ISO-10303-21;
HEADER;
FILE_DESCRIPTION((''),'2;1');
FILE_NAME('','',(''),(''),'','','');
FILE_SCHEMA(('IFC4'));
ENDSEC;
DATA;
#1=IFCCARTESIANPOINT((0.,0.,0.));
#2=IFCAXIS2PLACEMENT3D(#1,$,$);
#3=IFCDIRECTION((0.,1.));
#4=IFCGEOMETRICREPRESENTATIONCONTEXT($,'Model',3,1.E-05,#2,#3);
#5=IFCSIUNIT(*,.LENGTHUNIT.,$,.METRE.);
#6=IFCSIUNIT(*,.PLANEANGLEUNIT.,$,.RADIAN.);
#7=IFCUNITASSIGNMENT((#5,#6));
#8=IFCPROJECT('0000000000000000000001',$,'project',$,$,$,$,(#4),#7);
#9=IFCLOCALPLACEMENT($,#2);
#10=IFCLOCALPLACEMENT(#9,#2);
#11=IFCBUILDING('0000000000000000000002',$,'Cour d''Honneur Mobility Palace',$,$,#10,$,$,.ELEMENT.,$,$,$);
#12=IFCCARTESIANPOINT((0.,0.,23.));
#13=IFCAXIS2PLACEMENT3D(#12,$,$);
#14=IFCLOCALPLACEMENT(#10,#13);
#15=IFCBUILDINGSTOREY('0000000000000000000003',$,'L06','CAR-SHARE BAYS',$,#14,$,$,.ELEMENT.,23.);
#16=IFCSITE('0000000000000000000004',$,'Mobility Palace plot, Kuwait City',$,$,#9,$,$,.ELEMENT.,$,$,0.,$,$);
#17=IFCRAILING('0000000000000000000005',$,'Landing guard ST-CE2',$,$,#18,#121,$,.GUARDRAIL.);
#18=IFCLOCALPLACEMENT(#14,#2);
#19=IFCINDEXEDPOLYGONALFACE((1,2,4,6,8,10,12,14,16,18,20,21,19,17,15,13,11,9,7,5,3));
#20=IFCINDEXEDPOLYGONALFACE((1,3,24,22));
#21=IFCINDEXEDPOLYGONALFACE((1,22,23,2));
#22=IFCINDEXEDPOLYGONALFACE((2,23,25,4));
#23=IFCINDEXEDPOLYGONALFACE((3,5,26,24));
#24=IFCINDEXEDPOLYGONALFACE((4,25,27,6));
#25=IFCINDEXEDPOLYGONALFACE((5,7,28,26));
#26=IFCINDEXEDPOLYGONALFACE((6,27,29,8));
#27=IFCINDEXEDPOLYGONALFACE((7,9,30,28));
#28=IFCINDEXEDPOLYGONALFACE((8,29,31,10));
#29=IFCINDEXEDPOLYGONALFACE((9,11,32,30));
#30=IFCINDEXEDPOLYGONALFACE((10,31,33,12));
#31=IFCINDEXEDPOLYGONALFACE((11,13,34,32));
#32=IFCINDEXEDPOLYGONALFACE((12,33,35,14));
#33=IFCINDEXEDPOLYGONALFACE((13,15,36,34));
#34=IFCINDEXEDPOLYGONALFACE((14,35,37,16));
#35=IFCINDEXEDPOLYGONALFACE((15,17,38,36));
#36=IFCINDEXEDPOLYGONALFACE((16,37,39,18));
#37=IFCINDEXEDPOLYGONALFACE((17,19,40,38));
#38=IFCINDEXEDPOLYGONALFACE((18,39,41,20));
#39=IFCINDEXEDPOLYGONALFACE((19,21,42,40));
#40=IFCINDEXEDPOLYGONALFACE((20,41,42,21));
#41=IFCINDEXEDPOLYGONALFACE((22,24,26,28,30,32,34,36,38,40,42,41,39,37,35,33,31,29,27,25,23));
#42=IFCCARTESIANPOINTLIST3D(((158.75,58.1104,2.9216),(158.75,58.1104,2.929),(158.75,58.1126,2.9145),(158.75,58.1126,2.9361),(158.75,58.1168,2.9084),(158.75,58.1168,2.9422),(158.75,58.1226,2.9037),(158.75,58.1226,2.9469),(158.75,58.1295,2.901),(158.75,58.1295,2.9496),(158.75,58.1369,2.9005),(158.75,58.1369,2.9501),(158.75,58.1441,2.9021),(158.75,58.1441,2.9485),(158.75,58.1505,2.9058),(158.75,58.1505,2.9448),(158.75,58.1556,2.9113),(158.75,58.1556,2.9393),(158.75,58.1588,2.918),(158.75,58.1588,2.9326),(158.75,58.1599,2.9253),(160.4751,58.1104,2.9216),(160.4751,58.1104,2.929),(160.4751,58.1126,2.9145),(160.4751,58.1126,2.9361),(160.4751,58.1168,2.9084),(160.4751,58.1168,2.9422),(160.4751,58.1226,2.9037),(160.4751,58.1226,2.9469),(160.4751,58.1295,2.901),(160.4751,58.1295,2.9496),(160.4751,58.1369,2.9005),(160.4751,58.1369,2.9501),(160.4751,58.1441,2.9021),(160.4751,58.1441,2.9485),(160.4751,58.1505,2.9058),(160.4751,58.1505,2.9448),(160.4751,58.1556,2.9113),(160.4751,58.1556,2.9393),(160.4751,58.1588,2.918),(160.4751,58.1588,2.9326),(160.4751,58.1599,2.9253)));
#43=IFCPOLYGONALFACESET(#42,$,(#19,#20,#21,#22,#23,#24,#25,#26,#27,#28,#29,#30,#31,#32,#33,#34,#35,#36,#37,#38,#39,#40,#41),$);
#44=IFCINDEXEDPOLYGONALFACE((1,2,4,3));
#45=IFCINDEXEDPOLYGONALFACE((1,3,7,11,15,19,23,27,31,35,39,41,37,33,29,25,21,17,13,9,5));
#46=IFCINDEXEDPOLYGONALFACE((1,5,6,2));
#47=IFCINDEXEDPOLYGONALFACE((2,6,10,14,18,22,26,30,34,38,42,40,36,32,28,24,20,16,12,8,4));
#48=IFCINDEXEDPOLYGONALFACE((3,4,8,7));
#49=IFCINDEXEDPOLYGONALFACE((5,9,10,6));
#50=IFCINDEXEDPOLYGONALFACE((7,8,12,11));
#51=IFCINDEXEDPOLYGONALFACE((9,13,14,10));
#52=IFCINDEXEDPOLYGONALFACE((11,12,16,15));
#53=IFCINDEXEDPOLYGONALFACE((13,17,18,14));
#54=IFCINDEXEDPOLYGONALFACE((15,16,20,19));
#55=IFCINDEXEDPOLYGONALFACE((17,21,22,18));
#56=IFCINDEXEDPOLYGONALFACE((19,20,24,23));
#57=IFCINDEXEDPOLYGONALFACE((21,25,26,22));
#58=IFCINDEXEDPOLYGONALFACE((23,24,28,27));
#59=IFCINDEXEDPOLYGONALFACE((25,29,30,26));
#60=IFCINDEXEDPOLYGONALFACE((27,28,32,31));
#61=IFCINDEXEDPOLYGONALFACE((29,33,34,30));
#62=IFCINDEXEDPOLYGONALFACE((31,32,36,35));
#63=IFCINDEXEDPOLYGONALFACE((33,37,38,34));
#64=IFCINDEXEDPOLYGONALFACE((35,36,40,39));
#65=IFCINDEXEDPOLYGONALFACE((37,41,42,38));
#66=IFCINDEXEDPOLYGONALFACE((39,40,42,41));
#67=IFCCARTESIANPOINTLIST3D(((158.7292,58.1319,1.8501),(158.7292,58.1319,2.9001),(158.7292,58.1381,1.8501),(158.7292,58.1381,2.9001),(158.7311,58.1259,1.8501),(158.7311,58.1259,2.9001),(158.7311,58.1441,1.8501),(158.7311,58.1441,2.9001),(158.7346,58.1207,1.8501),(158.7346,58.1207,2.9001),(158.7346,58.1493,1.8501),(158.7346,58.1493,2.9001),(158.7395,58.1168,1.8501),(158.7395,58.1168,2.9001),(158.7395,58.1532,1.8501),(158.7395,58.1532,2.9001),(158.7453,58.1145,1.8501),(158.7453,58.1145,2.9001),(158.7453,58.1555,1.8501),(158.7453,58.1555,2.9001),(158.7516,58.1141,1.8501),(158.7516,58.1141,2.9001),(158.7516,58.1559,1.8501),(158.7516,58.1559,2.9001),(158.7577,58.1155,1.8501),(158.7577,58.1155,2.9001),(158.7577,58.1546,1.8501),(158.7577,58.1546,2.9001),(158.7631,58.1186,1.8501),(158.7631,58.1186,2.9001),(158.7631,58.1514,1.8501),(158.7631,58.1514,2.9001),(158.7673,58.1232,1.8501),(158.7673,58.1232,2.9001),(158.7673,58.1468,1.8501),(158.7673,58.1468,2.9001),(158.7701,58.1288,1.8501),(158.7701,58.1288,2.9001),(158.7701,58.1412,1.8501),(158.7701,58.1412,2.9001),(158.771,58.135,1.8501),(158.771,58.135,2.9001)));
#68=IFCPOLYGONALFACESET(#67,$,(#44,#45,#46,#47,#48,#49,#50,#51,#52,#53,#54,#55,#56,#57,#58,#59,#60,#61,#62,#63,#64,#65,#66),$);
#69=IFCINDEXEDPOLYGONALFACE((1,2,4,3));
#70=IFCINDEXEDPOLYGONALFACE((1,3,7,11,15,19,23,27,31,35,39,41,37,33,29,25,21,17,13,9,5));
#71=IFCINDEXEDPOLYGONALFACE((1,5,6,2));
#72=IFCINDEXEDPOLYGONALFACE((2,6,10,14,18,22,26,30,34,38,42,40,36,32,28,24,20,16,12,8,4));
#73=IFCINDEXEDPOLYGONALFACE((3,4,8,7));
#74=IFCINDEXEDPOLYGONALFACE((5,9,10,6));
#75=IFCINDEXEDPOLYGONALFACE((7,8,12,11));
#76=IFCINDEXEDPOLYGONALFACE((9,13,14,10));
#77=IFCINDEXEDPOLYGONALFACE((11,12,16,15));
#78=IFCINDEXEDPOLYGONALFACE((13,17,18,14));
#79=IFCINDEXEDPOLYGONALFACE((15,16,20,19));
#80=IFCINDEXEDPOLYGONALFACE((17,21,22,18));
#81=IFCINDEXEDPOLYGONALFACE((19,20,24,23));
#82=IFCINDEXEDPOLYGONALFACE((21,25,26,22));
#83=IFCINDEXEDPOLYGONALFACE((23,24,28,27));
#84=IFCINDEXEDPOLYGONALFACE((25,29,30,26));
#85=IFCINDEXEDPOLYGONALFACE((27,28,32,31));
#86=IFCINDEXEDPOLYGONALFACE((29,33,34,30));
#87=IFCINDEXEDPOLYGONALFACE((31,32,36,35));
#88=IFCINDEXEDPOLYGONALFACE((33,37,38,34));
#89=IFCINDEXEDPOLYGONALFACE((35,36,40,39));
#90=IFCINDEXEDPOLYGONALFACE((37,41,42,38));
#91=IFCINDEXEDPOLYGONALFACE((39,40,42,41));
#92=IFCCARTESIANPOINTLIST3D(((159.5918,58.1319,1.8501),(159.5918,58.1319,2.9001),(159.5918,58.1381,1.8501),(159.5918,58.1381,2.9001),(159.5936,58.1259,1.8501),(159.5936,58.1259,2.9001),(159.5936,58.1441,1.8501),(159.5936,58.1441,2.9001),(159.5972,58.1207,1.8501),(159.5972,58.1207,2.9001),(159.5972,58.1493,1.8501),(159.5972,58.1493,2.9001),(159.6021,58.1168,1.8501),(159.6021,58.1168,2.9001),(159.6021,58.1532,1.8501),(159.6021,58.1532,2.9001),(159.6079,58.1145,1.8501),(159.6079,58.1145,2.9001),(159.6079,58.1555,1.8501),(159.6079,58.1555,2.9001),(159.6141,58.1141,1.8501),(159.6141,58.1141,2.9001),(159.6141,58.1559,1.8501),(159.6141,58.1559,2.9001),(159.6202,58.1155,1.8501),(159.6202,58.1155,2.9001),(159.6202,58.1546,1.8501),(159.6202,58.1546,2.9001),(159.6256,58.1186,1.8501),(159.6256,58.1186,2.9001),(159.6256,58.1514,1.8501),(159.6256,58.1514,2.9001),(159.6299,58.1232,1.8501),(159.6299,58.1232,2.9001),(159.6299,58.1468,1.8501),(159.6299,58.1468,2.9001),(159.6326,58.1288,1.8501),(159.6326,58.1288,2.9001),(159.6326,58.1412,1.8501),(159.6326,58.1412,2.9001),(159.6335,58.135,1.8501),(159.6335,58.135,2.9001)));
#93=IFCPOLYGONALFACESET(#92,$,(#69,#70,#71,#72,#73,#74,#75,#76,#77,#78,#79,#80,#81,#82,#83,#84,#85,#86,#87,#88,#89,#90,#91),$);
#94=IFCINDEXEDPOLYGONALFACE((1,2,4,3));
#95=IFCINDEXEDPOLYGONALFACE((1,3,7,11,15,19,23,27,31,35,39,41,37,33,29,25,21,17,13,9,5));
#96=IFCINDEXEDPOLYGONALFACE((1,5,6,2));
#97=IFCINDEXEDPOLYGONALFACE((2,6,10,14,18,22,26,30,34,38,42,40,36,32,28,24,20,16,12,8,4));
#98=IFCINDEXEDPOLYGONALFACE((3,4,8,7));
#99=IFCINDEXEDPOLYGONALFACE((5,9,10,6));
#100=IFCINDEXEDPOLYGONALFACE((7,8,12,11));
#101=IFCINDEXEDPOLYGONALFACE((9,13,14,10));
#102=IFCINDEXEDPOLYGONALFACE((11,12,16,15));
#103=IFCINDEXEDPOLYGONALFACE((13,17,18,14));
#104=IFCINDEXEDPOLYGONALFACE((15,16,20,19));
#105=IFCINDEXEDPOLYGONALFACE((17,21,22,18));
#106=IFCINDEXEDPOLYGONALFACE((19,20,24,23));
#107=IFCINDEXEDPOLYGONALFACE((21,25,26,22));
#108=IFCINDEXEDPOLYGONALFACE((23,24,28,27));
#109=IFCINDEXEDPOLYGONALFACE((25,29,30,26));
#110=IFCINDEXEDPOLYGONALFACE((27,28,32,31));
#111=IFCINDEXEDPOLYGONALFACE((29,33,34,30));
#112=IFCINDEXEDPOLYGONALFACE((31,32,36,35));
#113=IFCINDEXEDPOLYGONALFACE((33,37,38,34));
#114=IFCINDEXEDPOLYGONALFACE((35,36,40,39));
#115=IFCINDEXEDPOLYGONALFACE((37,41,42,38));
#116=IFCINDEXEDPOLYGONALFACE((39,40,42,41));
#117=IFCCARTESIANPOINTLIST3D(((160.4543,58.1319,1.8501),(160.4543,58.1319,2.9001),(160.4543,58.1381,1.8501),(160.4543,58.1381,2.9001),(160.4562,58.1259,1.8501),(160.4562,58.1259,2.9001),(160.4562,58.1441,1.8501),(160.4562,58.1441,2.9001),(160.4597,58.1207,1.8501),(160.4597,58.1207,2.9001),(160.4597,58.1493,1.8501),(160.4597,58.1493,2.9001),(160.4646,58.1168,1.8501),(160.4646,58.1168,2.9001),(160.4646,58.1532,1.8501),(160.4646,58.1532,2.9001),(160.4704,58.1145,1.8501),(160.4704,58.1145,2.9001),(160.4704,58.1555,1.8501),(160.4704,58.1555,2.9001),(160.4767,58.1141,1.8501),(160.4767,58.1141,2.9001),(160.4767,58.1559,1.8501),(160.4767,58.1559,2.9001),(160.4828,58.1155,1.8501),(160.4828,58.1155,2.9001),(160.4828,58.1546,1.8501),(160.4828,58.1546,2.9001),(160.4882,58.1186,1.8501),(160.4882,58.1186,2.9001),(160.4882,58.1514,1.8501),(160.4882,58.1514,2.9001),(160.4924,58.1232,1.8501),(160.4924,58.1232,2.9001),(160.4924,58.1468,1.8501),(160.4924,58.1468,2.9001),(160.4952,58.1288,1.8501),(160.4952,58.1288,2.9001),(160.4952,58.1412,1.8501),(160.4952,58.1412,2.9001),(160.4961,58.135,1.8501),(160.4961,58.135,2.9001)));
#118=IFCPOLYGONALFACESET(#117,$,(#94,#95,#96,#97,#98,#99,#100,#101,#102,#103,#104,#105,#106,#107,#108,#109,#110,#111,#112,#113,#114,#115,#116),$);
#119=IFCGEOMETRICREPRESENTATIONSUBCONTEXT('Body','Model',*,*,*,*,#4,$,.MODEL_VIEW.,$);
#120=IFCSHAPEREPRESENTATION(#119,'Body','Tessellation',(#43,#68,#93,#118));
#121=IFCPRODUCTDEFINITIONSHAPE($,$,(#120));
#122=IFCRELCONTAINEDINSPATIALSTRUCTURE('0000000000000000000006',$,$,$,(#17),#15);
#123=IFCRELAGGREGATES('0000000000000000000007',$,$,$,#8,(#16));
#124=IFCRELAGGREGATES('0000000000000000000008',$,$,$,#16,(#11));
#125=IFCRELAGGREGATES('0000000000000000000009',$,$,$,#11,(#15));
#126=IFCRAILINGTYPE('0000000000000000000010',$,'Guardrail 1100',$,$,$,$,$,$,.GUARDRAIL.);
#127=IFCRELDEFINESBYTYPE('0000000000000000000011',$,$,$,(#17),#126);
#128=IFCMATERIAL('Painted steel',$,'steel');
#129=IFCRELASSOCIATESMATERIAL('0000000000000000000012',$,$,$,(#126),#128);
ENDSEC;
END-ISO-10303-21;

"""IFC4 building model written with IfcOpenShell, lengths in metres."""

from ifc_helpers import new_model, si_unit, direction, frame, origin, origin_2d, place, context, subcontext, project, spatial, circle, extrude, material, type_object, element, save


model = new_model("IFC4")

# Units and contexts
model_context = context("Model", 3, precision=1e-05, world=origin(), true_north=direction((0.0, 1.0)))
body_context = subcontext(model_context, "Body", "Model", "MODEL_VIEW")
ifc_project = project(units=[si_unit("LENGTHUNIT", "METRE"), si_unit("PLANEANGLEUNIT", "RADIAN")], contexts=[model_context])

# Site, building, storey
site_placement = place(None, origin())
site = spatial("IfcSite", under=ifc_project, at=site_placement, Name="Mobility Palace plot, Kuwait City", CompositionType="ELEMENT", RefElevation=0.0)
building_placement = place(site_placement, origin())
building = spatial("IfcBuilding", under=site, at=building_placement, Name="Cour d'Honneur Mobility Palace", CompositionType="ELEMENT")
storey_placement = place(building_placement, frame((0.0, 0.0, 23.0)))
storey = spatial("IfcBuildingStorey", under=building, at=storey_placement, Name="L06", Description="CAR-SHARE BAYS", CompositionType="ELEMENT", Elevation=23.0)

# Railing
ifc_material_1 = material(Name="Painted steel", Category="steel")
railing_type_1 = type_object("IfcRailingType", Name="Guardrail 1100", PredefinedType="GUARDRAIL", material=ifc_material_1)
railing_1_placement = place(storey_placement, frame((158.75, 58.135, 1.8501)))
element("IfcRailing", 1, at=railing_1_placement, inside=storey, type_object=railing_type_1, Name="Landing guard ST-CE2", PredefinedType="GUARDRAIL", context=body_context, shape_type="SweptSolid", body=[
    extrude(circle(Radius=0.0249, at=origin_2d()), frame((0.0, 0.0, 1.0752), z_axis=(1.0, 0.0, 0.0), x_axis=(0.0, 1.0, 0.0)), (0.0, 0.0, 1.0), 1.7251),
    extrude(circle(Radius=0.021, at=origin_2d()), origin(), (0.0, 0.0, 1.0), 1.05),
    extrude(circle(Radius=0.021, at=origin_2d()), frame((0.8625, 0.0, 0.0)), (0.0, 0.0, 1.0), 1.05),
    extrude(circle(Radius=0.021, at=origin_2d()), frame((1.7251, 0.0, 0.0)), (0.0, 0.0, 1.0), 1.05),
])

save(model, "model.ifc")
